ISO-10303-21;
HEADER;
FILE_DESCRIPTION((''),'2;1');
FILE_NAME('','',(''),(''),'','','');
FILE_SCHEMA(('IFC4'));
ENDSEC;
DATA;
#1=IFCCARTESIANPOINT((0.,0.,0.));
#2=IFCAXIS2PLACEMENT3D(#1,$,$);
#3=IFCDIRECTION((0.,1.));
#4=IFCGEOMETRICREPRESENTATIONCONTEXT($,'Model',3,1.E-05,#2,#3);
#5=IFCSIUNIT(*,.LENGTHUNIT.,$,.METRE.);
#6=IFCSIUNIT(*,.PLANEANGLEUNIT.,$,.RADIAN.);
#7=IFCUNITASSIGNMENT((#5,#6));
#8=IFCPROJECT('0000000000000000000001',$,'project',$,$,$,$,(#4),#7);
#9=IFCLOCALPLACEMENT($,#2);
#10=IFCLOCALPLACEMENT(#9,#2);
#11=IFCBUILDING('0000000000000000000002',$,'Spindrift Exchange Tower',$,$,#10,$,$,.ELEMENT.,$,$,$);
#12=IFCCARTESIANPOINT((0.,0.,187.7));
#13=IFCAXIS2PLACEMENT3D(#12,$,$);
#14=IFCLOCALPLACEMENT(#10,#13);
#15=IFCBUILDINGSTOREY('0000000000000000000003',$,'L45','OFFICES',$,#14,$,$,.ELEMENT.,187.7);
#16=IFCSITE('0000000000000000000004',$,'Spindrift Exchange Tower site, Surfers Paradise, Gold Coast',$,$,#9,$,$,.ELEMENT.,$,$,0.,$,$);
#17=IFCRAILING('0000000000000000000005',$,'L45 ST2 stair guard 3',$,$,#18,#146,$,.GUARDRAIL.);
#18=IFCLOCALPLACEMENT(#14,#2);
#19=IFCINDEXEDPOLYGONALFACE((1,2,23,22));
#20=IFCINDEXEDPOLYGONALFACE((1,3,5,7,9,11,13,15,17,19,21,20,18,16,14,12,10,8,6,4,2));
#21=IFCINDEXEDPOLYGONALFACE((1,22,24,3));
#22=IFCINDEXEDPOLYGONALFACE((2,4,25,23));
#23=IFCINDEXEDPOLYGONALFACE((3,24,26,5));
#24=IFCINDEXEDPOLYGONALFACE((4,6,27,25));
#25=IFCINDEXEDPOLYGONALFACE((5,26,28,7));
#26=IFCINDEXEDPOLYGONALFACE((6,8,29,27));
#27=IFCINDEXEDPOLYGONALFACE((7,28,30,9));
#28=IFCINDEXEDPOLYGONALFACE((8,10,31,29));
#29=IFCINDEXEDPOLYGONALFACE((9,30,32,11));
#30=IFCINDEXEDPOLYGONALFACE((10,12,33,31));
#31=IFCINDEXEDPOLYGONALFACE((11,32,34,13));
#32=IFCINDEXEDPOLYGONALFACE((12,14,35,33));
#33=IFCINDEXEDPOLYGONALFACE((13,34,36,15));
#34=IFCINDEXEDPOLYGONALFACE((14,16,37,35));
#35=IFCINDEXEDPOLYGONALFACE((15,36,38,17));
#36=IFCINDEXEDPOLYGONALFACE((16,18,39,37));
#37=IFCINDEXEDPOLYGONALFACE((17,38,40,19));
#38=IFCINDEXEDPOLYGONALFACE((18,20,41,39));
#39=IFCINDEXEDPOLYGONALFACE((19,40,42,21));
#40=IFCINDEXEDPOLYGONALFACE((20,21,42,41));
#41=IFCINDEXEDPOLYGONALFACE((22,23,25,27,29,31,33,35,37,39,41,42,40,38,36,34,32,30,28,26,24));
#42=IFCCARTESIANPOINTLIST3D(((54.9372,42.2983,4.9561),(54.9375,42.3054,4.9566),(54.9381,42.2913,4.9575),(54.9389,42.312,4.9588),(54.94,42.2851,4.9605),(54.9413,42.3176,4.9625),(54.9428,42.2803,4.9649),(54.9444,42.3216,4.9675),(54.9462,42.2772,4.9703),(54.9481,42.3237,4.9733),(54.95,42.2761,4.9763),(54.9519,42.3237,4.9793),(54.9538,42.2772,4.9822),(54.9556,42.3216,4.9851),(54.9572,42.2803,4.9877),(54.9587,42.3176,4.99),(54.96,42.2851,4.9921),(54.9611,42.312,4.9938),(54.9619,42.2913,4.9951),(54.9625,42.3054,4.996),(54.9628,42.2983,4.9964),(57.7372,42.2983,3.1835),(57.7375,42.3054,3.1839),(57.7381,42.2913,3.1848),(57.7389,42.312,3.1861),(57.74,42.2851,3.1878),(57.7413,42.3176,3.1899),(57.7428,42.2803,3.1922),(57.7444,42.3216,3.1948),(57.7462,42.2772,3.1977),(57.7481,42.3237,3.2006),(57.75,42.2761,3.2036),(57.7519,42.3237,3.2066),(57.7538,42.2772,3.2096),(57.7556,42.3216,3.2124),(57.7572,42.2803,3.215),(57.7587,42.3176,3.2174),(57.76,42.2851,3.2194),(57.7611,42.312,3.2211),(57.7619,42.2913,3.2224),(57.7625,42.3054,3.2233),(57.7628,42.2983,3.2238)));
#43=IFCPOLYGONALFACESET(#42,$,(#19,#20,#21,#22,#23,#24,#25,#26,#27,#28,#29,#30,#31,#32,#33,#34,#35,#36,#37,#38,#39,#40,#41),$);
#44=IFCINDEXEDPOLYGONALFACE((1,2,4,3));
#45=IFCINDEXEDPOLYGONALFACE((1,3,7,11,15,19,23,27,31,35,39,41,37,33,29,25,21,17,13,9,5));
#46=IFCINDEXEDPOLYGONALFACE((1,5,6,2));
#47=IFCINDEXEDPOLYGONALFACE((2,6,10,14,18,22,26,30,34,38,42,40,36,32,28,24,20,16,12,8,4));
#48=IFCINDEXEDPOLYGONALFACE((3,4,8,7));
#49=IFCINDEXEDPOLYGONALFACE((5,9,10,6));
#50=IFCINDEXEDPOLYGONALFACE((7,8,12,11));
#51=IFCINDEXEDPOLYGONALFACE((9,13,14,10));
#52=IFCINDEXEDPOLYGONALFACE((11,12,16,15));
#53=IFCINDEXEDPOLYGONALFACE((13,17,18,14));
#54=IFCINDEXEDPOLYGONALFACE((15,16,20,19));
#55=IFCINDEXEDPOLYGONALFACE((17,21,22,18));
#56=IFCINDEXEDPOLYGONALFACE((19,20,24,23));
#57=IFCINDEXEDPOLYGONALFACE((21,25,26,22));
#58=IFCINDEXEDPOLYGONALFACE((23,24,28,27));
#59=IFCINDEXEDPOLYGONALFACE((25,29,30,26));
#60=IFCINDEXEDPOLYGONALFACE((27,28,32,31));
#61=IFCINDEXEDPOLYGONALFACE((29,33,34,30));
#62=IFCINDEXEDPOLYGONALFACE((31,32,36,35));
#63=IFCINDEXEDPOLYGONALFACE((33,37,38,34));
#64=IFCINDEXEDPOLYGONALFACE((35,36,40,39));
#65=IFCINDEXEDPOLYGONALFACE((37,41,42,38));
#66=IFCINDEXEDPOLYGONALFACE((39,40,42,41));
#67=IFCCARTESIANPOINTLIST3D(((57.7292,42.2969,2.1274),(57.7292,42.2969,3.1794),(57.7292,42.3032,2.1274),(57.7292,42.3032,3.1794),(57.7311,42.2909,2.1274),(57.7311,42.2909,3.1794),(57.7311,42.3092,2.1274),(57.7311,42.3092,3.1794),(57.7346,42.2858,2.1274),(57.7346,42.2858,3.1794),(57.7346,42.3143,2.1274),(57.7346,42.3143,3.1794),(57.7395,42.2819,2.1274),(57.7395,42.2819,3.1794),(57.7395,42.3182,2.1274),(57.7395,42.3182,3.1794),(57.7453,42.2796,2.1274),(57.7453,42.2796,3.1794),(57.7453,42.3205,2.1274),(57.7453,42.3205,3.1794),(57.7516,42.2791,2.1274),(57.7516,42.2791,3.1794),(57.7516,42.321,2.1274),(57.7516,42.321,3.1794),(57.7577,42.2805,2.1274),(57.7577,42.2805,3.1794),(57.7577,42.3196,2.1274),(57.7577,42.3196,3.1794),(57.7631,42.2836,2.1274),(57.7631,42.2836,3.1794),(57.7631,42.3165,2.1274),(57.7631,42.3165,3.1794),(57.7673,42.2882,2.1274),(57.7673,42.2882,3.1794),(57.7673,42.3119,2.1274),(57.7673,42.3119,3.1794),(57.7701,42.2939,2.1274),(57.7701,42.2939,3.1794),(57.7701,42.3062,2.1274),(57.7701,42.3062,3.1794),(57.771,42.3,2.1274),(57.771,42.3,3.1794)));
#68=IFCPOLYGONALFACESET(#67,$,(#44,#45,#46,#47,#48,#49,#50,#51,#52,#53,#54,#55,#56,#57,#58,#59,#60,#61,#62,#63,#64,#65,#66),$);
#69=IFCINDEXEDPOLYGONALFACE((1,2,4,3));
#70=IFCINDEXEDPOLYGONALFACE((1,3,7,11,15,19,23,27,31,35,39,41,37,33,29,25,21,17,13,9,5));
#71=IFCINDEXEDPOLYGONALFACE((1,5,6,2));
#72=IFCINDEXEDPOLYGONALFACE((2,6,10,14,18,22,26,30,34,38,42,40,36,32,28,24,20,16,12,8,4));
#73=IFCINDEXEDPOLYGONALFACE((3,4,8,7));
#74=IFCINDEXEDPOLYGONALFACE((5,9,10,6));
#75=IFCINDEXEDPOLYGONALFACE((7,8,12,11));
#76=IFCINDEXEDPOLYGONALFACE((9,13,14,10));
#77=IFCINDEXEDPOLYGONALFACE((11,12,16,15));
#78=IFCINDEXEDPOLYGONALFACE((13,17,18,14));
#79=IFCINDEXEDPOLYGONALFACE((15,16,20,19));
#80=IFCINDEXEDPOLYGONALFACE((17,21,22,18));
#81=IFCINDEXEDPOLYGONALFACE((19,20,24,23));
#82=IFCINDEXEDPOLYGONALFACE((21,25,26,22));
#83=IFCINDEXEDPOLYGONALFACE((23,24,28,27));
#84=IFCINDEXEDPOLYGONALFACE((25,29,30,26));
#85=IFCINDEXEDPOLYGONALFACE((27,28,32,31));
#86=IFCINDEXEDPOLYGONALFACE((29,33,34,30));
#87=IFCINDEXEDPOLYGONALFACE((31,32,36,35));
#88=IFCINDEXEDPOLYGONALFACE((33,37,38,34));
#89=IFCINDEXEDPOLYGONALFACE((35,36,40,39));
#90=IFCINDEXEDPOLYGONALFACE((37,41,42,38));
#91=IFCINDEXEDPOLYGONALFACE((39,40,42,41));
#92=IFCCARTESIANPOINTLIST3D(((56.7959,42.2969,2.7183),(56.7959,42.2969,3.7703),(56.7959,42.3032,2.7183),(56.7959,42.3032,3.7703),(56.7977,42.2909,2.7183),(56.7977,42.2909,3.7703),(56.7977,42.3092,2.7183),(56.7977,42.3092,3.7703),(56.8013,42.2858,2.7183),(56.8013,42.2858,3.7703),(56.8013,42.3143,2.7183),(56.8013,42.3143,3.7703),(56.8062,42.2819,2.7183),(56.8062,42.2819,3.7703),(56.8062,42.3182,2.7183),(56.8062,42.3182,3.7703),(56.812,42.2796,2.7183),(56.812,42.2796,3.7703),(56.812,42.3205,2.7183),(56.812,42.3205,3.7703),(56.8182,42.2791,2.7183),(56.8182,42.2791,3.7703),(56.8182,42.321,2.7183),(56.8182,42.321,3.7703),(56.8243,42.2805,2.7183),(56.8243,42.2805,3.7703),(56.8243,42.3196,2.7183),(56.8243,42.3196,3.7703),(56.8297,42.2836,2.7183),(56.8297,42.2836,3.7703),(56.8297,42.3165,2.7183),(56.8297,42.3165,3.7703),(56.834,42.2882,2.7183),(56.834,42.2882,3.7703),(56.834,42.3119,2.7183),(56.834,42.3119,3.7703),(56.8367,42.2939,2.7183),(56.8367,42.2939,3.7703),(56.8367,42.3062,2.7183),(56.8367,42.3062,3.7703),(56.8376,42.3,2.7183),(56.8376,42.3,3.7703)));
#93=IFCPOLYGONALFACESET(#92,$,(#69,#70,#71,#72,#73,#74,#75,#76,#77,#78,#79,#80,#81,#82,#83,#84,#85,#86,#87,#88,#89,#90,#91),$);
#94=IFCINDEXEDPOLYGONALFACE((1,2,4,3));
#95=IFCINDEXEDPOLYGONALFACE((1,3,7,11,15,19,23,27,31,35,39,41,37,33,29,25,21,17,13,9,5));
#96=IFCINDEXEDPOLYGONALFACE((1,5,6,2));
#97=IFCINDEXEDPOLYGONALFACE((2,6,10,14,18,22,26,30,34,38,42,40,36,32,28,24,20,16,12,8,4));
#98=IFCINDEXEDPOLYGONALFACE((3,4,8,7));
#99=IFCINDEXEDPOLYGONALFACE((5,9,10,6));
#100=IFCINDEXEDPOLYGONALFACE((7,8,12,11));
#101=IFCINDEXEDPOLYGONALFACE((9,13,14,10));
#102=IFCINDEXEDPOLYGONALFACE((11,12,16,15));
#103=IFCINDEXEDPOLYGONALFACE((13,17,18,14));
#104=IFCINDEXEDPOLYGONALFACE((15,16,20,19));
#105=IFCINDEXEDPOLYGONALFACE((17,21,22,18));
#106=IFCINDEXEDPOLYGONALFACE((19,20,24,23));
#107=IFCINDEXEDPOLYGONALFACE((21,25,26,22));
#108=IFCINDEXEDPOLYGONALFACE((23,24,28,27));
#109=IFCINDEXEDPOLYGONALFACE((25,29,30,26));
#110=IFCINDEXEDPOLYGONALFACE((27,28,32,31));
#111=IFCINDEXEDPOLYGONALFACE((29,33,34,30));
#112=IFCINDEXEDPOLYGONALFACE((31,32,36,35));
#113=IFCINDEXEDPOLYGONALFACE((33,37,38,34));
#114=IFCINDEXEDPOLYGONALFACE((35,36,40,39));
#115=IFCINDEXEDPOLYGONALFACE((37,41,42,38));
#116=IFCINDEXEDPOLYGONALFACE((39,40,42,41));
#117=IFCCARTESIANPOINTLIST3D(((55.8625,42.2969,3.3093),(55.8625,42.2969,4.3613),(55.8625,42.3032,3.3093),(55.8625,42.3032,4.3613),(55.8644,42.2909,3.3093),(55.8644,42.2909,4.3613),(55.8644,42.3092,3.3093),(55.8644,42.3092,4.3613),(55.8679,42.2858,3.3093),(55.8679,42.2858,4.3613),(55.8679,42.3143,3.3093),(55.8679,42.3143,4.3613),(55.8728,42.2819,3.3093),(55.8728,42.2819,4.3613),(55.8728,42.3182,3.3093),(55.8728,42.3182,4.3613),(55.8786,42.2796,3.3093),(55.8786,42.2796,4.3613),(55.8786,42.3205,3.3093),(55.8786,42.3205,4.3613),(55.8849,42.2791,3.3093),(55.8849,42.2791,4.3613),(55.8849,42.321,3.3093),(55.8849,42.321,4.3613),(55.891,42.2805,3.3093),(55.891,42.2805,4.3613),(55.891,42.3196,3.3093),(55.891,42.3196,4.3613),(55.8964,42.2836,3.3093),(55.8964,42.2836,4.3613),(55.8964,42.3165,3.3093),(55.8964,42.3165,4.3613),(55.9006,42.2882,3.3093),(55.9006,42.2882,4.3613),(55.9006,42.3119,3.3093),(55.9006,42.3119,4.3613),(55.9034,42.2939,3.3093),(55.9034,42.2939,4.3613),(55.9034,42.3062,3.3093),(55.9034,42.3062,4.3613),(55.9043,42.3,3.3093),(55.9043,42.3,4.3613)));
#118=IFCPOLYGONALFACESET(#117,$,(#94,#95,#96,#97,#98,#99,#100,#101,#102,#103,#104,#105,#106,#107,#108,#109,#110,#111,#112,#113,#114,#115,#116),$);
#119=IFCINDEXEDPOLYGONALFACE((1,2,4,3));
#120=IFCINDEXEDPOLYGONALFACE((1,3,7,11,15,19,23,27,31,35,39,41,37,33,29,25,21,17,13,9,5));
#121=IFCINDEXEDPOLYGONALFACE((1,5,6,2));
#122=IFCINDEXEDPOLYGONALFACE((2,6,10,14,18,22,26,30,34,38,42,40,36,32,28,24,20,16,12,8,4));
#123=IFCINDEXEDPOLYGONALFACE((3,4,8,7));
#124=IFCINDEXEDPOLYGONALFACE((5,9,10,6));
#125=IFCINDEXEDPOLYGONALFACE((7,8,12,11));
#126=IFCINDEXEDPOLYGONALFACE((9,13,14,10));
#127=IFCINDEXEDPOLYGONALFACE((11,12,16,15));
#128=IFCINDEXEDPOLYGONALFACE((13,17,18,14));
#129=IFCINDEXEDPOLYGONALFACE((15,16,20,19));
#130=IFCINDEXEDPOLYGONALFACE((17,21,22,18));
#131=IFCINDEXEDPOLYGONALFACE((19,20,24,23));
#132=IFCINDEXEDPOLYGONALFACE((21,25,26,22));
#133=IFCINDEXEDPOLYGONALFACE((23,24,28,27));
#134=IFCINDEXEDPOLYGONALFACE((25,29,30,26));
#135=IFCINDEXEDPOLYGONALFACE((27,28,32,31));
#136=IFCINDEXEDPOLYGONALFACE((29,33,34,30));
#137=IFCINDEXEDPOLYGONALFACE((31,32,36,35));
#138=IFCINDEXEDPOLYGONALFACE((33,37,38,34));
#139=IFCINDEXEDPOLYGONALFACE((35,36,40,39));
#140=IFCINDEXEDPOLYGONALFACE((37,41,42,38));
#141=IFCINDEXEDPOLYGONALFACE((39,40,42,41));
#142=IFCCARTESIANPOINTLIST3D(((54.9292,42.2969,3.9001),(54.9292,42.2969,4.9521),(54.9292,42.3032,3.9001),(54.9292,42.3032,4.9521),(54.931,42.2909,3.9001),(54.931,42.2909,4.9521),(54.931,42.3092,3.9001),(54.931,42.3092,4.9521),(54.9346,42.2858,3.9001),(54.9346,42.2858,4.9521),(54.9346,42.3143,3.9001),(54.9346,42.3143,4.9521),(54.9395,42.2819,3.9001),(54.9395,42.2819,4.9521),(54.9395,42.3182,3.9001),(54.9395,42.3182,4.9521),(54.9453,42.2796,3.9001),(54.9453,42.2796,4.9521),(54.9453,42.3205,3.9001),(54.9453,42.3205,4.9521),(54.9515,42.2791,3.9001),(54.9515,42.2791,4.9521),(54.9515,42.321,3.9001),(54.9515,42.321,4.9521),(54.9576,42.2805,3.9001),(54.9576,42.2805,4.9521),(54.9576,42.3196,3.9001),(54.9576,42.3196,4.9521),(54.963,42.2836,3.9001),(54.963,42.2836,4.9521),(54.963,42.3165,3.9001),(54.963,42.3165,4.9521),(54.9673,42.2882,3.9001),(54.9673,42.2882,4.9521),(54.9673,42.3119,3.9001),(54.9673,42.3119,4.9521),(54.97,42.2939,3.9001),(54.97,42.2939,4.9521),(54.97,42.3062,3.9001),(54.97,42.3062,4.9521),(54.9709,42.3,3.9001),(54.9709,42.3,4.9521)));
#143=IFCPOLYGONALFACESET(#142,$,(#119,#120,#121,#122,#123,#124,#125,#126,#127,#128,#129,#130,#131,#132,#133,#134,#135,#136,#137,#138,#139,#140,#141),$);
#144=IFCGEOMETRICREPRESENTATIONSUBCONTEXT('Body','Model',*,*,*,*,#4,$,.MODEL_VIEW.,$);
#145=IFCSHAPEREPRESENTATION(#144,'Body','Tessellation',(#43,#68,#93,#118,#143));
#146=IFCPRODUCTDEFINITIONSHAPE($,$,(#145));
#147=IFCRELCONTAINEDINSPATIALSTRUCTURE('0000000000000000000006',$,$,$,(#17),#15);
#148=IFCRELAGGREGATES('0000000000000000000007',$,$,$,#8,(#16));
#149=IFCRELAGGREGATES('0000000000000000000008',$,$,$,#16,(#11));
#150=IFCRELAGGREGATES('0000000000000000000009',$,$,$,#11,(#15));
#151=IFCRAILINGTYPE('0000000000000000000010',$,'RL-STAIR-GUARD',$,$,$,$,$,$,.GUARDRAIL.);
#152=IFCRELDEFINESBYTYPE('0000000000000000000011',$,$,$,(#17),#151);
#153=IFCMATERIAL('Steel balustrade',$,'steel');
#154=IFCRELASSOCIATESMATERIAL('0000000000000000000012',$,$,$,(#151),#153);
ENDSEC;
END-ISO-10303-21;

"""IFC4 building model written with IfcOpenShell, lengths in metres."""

from ifc_helpers import new_model, si_unit, direction, frame, origin, origin_2d, place, context, subcontext, project, spatial, circle, extrude, material, type_object, element, save


model = new_model("IFC4")

# Units and contexts
model_context = context("Model", 3, precision=1e-05, world=origin(), true_north=direction((0.0, 1.0)))
body_context = subcontext(model_context, "Body", "Model", "MODEL_VIEW")
ifc_project = project(units=[si_unit("LENGTHUNIT", "METRE"), si_unit("PLANEANGLEUNIT", "RADIAN")], contexts=[model_context])

# Site, building, storey
site_placement = place(None, origin())
site = spatial("IfcSite", under=ifc_project, at=site_placement, Name="Spindrift Exchange Tower site, Surfers Paradise, Gold Coast", CompositionType="ELEMENT", RefElevation=0.0)
building_placement = place(site_placement, origin())
building = spatial("IfcBuilding", under=site, at=building_placement, Name="Spindrift Exchange Tower", CompositionType="ELEMENT")
storey_placement = place(building_placement, frame((0.0, 0.0, 187.7)))
storey = spatial("IfcBuildingStorey", under=building, at=storey_placement, Name="L45", Description="OFFICES", CompositionType="ELEMENT", Elevation=187.7)

# Railing
ifc_material_1 = material(Name="Steel balustrade", Category="steel")
railing_type_1 = type_object("IfcRailingType", Name="RL-STAIR-GUARD", PredefinedType="GUARDRAIL", material=ifc_material_1)
railing_1_placement = place(storey_placement, frame((57.75, 42.3, 2.1274)))
element("IfcRailing", 1, at=railing_1_placement, inside=storey, type_object=railing_type_1, Name="L45 ST2 stair guard 3", PredefinedType="GUARDRAIL", context=body_context, shape_type="SweptSolid", body=[
    extrude(circle(Radius=0.0239, at=origin_2d()), frame((0.0, 0.0, 1.0762), z_axis=(-0.844909, 0.0, 0.53491), x_axis=(0.0, -1.0, 0.0)), (0.0, 0.0, 1.0), 3.314),
    extrude(circle(Radius=0.021, at=origin_2d()), origin(), (0.0, 0.0, 1.0), 1.052),
    extrude(circle(Radius=0.021, at=origin_2d()), frame((-0.9333, 0.0, 0.5908)), (0.0, 0.0, 1.0), 1.052),
    extrude(circle(Radius=0.021, at=origin_2d()), frame((-1.8667, 0.0, 1.1819)), (0.0, 0.0, 1.0), 1.052),
    extrude(circle(Radius=0.021, at=origin_2d()), frame((-2.8, 0.0, 1.7727)), (0.0, 0.0, 1.0), 1.052),
])

save(model, "model.ifc")
